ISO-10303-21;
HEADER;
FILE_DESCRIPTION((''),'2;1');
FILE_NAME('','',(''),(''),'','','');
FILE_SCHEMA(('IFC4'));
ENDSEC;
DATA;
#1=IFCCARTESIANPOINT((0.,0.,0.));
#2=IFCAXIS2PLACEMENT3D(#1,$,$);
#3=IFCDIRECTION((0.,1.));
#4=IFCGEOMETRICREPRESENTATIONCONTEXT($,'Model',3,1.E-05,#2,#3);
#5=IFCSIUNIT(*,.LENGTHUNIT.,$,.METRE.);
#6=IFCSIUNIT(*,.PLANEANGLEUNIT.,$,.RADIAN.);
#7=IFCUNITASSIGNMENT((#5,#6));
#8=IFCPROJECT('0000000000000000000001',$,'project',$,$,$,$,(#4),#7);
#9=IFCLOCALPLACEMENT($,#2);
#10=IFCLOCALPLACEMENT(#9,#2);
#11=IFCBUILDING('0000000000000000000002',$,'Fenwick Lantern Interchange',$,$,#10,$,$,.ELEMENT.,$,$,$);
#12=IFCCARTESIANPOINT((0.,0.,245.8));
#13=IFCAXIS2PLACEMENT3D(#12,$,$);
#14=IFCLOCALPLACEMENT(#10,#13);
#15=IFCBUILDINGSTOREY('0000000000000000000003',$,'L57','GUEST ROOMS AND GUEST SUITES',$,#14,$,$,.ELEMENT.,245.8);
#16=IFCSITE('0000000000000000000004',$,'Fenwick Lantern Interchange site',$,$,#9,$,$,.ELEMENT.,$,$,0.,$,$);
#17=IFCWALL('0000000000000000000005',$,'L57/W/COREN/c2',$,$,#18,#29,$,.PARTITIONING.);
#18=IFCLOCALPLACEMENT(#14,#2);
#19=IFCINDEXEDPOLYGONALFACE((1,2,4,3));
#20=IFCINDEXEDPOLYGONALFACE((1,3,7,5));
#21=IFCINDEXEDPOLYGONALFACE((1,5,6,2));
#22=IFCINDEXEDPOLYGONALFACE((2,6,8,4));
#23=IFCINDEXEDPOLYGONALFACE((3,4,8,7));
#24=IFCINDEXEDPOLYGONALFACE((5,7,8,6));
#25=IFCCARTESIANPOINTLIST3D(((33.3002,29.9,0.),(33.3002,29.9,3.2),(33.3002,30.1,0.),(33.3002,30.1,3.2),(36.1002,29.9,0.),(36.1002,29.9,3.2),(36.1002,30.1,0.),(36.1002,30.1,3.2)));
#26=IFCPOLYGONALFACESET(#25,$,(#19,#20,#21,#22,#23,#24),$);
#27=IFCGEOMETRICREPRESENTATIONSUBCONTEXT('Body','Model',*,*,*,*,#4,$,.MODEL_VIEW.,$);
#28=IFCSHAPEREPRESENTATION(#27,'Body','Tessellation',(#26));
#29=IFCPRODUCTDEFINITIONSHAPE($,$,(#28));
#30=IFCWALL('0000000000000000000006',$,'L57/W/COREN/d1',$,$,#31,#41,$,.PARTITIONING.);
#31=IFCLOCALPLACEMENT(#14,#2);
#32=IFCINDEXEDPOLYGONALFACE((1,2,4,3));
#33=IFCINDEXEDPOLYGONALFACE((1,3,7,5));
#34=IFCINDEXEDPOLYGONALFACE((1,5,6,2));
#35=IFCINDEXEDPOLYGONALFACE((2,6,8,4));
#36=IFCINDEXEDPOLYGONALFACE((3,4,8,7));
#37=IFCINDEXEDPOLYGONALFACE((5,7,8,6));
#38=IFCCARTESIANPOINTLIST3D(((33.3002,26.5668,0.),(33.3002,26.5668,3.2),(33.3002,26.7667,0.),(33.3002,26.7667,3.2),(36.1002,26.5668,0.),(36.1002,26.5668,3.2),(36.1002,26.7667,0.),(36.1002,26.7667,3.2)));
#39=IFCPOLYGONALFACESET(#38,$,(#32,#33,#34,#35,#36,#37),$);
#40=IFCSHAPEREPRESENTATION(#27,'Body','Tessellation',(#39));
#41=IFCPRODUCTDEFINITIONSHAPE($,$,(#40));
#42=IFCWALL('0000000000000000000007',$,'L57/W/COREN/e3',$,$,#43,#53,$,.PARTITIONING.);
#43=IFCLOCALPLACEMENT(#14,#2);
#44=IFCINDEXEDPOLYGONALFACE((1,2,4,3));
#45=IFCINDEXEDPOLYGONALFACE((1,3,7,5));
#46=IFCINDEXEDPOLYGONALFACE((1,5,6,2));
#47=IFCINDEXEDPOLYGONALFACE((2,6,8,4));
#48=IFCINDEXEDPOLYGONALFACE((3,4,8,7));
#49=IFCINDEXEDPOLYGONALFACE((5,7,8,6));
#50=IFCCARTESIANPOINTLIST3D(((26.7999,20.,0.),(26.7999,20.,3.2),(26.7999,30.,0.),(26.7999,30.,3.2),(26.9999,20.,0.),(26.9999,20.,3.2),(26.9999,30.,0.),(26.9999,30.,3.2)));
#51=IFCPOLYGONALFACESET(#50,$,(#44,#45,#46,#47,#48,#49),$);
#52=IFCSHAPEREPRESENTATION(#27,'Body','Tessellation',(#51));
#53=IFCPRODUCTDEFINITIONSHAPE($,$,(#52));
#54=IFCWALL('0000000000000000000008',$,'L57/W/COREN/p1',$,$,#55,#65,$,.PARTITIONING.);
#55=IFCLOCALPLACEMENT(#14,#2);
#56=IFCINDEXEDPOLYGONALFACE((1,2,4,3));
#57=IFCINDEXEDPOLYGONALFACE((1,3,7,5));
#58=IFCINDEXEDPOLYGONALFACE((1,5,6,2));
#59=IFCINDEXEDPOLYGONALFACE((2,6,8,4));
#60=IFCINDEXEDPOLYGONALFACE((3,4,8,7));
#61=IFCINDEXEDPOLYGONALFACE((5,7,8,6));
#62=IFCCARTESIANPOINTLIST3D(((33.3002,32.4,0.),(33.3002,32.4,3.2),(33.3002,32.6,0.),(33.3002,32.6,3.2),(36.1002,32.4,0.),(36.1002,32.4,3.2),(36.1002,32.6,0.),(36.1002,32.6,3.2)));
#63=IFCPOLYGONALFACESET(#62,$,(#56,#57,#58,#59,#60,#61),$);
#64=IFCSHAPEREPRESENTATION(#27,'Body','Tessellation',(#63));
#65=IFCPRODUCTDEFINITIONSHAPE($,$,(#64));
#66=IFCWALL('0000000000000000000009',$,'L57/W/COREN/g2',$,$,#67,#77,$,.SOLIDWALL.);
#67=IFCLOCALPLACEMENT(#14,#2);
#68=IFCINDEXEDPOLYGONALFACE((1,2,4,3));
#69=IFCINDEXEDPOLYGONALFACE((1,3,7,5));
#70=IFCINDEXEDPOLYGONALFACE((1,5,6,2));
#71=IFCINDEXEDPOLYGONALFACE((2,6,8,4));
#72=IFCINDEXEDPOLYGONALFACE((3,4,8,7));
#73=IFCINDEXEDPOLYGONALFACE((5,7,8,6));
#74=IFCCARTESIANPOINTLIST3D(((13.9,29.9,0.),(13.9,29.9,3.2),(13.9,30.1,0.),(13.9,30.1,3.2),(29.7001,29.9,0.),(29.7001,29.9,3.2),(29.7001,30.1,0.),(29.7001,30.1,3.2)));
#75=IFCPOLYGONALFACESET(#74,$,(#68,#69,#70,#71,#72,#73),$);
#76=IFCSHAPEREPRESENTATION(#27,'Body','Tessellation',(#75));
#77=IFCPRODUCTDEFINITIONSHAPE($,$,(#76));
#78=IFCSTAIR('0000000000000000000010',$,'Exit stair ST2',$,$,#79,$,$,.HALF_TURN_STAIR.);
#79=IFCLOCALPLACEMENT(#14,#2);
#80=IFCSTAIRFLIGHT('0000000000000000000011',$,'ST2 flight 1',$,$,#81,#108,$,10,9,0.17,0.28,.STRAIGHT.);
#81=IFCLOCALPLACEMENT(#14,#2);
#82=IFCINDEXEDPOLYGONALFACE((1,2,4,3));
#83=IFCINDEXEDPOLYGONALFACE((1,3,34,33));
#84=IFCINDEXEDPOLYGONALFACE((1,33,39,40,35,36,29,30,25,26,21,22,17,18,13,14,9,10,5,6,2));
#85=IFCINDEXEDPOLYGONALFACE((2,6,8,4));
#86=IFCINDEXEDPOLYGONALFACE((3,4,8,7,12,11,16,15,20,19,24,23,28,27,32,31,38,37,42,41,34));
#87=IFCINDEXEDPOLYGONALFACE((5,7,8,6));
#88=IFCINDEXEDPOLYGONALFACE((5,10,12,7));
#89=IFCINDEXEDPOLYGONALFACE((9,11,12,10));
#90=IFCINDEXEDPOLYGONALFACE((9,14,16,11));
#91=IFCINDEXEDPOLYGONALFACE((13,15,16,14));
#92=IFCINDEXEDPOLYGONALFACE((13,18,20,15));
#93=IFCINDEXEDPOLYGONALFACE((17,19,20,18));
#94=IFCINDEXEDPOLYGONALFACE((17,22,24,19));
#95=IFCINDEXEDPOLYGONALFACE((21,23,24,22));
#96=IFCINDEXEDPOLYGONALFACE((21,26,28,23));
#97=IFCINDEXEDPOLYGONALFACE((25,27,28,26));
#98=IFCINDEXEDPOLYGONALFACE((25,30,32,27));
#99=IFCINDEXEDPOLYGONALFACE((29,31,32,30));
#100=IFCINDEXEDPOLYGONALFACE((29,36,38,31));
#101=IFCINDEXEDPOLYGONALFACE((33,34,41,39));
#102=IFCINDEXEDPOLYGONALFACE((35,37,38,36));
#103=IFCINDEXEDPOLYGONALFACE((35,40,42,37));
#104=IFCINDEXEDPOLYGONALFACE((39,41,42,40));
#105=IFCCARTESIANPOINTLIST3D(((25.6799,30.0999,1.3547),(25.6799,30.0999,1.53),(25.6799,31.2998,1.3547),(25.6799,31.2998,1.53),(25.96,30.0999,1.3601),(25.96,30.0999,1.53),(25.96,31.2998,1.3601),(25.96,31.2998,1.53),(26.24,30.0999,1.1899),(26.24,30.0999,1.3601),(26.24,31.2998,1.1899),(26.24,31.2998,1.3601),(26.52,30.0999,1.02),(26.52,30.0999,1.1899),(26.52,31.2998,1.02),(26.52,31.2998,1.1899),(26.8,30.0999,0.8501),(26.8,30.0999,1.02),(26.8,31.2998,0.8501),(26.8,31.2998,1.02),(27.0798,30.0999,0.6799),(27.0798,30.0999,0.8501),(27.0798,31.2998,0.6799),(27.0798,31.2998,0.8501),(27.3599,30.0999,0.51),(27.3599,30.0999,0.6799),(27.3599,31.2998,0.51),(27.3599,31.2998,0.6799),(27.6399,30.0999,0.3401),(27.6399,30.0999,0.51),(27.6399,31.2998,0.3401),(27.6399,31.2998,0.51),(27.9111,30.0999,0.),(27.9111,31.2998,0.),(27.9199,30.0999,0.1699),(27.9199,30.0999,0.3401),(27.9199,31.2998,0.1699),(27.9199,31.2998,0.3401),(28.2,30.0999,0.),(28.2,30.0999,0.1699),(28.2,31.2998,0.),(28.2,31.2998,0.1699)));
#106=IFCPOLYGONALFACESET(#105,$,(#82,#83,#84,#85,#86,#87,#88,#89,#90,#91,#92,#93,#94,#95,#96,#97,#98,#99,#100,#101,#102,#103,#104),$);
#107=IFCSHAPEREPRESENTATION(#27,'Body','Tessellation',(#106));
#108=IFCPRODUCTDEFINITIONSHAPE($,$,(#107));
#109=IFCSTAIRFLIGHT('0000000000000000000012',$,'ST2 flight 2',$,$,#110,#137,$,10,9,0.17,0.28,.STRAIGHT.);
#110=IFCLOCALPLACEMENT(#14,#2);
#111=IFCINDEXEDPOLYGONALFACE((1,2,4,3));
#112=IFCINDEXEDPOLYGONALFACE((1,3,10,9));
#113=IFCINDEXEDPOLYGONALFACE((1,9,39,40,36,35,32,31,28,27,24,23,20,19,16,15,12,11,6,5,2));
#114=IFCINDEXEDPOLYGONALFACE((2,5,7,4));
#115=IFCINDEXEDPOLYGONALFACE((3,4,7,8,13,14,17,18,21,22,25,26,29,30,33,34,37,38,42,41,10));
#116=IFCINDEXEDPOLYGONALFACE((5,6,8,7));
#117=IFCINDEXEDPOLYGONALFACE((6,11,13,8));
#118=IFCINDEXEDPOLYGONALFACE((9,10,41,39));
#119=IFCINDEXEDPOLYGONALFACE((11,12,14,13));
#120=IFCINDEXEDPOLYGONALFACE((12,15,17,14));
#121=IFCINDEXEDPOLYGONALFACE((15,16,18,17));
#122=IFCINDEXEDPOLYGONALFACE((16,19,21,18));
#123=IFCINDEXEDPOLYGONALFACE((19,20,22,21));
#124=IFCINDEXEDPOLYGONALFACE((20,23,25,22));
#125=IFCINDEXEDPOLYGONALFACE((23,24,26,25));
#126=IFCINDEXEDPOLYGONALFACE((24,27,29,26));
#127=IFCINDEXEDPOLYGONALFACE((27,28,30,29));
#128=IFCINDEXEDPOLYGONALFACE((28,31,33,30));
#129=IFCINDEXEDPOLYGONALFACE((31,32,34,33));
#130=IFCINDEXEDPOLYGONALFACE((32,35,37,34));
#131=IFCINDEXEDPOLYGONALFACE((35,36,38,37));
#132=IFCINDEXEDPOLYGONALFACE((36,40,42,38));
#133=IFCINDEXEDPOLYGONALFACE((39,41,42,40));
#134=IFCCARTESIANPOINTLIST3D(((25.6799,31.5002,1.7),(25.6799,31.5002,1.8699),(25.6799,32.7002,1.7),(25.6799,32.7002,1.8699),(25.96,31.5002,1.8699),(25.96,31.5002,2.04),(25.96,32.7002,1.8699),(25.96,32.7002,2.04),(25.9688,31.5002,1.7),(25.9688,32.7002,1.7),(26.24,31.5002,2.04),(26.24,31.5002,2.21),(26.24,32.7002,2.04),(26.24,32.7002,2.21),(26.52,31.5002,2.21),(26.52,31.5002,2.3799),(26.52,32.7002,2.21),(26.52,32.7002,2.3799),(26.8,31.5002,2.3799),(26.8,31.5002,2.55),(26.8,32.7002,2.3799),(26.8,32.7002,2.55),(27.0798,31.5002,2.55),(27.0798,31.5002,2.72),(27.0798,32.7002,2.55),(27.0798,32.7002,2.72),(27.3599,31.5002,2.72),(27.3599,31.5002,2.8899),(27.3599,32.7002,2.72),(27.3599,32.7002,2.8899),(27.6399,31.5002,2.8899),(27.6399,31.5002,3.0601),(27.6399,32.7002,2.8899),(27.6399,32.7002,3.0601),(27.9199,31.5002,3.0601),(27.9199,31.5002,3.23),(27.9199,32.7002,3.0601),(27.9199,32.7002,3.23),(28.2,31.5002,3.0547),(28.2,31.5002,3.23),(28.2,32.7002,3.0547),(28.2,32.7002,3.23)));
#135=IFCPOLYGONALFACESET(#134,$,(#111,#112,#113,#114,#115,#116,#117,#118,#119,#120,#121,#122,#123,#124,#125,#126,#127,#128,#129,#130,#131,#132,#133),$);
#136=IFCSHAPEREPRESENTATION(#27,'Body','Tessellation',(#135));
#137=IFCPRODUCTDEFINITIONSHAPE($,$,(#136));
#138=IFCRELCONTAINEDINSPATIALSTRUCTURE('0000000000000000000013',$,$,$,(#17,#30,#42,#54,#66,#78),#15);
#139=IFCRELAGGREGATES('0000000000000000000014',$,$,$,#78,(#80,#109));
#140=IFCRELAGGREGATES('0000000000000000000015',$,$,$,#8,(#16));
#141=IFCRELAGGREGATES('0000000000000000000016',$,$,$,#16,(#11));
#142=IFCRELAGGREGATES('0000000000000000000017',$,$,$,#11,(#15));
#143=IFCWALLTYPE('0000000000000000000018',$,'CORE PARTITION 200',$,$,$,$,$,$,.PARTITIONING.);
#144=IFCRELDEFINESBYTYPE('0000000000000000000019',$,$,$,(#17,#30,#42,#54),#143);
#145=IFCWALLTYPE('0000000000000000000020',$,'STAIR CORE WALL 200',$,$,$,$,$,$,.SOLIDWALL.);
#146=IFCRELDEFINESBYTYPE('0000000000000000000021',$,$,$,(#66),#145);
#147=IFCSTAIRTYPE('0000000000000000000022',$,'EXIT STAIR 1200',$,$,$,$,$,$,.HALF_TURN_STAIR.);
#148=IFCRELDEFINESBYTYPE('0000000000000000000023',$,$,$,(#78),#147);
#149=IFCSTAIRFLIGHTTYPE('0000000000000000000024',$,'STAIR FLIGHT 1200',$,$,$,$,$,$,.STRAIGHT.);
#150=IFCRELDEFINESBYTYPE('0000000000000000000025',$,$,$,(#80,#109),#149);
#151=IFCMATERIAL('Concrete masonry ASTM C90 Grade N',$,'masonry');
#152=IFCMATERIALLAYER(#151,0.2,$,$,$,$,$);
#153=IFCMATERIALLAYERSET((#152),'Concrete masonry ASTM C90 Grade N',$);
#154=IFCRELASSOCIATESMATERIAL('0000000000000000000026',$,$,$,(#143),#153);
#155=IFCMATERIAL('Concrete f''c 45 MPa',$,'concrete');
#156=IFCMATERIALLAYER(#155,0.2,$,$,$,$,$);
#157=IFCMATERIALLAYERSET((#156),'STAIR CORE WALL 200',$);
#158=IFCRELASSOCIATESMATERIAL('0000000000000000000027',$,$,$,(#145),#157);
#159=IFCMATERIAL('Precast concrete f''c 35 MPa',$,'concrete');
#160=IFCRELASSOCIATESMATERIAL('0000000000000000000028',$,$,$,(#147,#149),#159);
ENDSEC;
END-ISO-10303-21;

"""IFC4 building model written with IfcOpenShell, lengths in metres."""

from ifc_helpers import new_model, si_unit, direction, frame, frame_2d, origin, place, context, subcontext, project, spatial, polyline, rectangle, outline, extrude, material, layer, layer_set, type_object, element, aggregate, save


model = new_model("IFC4")

# Units and contexts
model_context = context("Model", 3, precision=1e-05, world=origin(), true_north=direction((0.0, 1.0)))
body_context = subcontext(model_context, "Body", "Model", "MODEL_VIEW")
ifc_project = project(units=[si_unit("LENGTHUNIT", "METRE"), si_unit("PLANEANGLEUNIT", "RADIAN")], contexts=[model_context])

# Site, building, storey
site_placement = place(None, origin())
site = spatial("IfcSite", under=ifc_project, at=site_placement, Name="Fenwick Lantern Interchange site", CompositionType="ELEMENT", RefElevation=0.0)
building_placement = place(site_placement, origin())
building = spatial("IfcBuilding", under=site, at=building_placement, Name="Fenwick Lantern Interchange", CompositionType="ELEMENT")
storey_placement = place(building_placement, frame((0.0, 0.0, 245.8)))
storey = spatial("IfcBuildingStorey", under=building, at=storey_placement, Name="L57", Description="GUEST ROOMS AND GUEST SUITES", CompositionType="ELEMENT", Elevation=245.8)

# Walls
ifc_material_1 = material(Name="Concrete masonry ASTM C90 Grade N", Category="masonry")
ifc_layer_1 = layer(ifc_material_1, 0.2)
ifc_layer_set_1 = layer_set([ifc_layer_1], Name="Concrete masonry ASTM C90 Grade N")
wall_type_1 = type_object("IfcWallType", Name="CORE PARTITION 200", PredefinedType="PARTITIONING", material=ifc_layer_set_1)
for number, where, z_axis, x_axis, name in (
    (1, (36.1001, 30.0, 0.0), (0.0, 0.0, 1.0), (-1.0, 0.0, 0.0), "L57/W/COREN/c2"),
    (2, (36.1001, 26.6667, 0.0), (0.0, 0.0, 1.0), (-1.0, 0.0, 0.0), "L57/W/COREN/d1"),
):
    element("IfcWall", number, at=place(storey_placement, frame(where, z_axis=z_axis, x_axis=x_axis)), inside=storey, type_object=wall_type_1, Name=name, PredefinedType="PARTITIONING", context=body_context, shape_type="SweptSolid", body=[
        extrude(rectangle(XDim=2.8, YDim=0.2, at=frame_2d((1.3999, 0.0))), origin(), (0.0, 0.0, 1.0), 3.2),
    ])
wall_1_placement = place(storey_placement, frame((26.8999, 30.0, 0.0), z_axis=(0.0, 0.0, 1.0), x_axis=(0.0, -1.0, 0.0)))
element("IfcWall", 3, at=wall_1_placement, inside=storey, type_object=wall_type_1, Name="L57/W/COREN/e3", PredefinedType="PARTITIONING", context=body_context, shape_type="SweptSolid", body=[
    extrude(rectangle(XDim=10.0, YDim=0.2, at=frame_2d((5.0, 0.0))), origin(), (0.0, 0.0, 1.0), 3.2),
])
wall_2_placement = place(storey_placement, frame((36.1001, 32.5, 0.0), z_axis=(0.0, 0.0, 1.0), x_axis=(-1.0, 0.0, 0.0)))
element("IfcWall", 4, at=wall_2_placement, inside=storey, type_object=wall_type_1, Name="L57/W/COREN/p1", PredefinedType="PARTITIONING", context=body_context, shape_type="SweptSolid", body=[
    extrude(rectangle(XDim=2.8, YDim=0.2, at=frame_2d((1.3999, 0.0))), origin(), (0.0, 0.0, 1.0), 3.2),
])
ifc_material_2 = material(Name="Concrete f'c 45 MPa", Category="concrete")
ifc_layer_2 = layer(ifc_material_2, 0.2)
ifc_layer_set_2 = layer_set([ifc_layer_2], Name="STAIR CORE WALL 200")
wall_type_2 = type_object("IfcWallType", Name="STAIR CORE WALL 200", PredefinedType="SOLIDWALL", material=ifc_layer_set_2)
wall_3_placement = place(storey_placement, frame((29.7, 30.0, 0.0), z_axis=(0.0, 0.0, 1.0), x_axis=(-1.0, 0.0, 0.0)))
element("IfcWall", 5, at=wall_3_placement, inside=storey, type_object=wall_type_2, Name="L57/W/COREN/g2", PredefinedType="SOLIDWALL", context=body_context, shape_type="SweptSolid", body=[
    extrude(rectangle(XDim=15.8, YDim=0.2, at=frame_2d((7.8999, 0.0))), origin(), (0.0, 0.0, 1.0), 3.2),
])

# Stair, stair flights
ifc_material_3 = material(Name="Precast concrete f'c 35 MPa", Category="concrete")
stair_type = type_object("IfcStairType", Name="EXIT STAIR 1200", PredefinedType="HALF_TURN_STAIR", material=ifc_material_3)
stair_placement = place(storey_placement, origin())
stair = element("IfcStair", 6, at=stair_placement, inside=storey, type_object=stair_type, Name="Exit stair ST2", PredefinedType="HALF_TURN_STAIR")
stair_flight_type = type_object("IfcStairFlightType", Name="STAIR FLIGHT 1200", PredefinedType="STRAIGHT", material=ifc_material_3)
stair_flight_1_placement = place(storey_placement, frame((28.2, 30.7, 0.0), z_axis=(0.0, 0.0, 1.0), x_axis=(-1.0, 0.0, 0.0)))
stair_flight_1 = element("IfcStairFlight", 7, at=stair_flight_1_placement, type_object=stair_flight_type, Name="ST2 flight 1", NumberOfRisers=10, NumberOfTreads=9, PredefinedType="STRAIGHT", RiserHeight=0.17, TreadLength=0.28, context=body_context, shape_type="SweptSolid", body=[
    extrude(outline(polyline([(0.0, 0.0), (0.0, 0.1699), (0.28, 0.1699), (0.28, 0.3401), (0.5601, 0.3401), (0.5601, 0.51), (0.8401, 0.51), (0.8401, 0.6799), (1.1201, 0.6799), (1.1201, 0.8501), (1.3999, 0.8501), (1.3999, 1.02), (1.6799, 1.02), (1.6799, 1.1899), (1.96, 1.1899), (1.96, 1.3601), (2.24, 1.3601), (2.24, 1.53), (2.52, 1.53), (2.52, 1.7), (2.52, 1.3547), (0.2888, 0.0), (0.0, 0.0)])), frame((0.0, 0.6001, 0.0), z_axis=(0.0, -1.0, 0.0), x_axis=(1.0, 0.0, 0.0)), (0.0, 0.0, 1.0), 1.2),
])
stair_flight_2_placement = place(storey_placement, frame((25.6799, 32.1001, 1.7), z_axis=(0.0, 0.0, 1.0), x_axis=(1.0, 0.0, 0.0)))
stair_flight_2 = element("IfcStairFlight", 8, at=stair_flight_2_placement, type_object=stair_flight_type, Name="ST2 flight 2", NumberOfRisers=10, NumberOfTreads=9, PredefinedType="STRAIGHT", RiserHeight=0.17, TreadLength=0.28, context=body_context, shape_type="SweptSolid", body=[
    extrude(outline(polyline([(0.0, 0.0), (0.0, 0.1699), (0.28, 0.1699), (0.28, 0.3401), (0.5601, 0.3401), (0.5601, 0.51), (0.8401, 0.51), (0.8401, 0.6799), (1.1201, 0.6799), (1.1201, 0.8501), (1.3999, 0.8501), (1.3999, 1.02), (1.6799, 1.02), (1.6799, 1.1899), (1.96, 1.1899), (1.96, 1.3601), (2.24, 1.3601), (2.24, 1.53), (2.52, 1.53), (2.52, 1.7), (2.52, 1.3547), (0.2888, 0.0), (0.0, 0.0)])), frame((0.0, 0.6001, 0.0), z_axis=(0.0, -1.0, 0.0), x_axis=(1.0, 0.0, 0.0)), (0.0, 0.0, 1.0), 1.2),
])
aggregate(stair, [stair_flight_1, stair_flight_2])

save(model, "model.ifc")
